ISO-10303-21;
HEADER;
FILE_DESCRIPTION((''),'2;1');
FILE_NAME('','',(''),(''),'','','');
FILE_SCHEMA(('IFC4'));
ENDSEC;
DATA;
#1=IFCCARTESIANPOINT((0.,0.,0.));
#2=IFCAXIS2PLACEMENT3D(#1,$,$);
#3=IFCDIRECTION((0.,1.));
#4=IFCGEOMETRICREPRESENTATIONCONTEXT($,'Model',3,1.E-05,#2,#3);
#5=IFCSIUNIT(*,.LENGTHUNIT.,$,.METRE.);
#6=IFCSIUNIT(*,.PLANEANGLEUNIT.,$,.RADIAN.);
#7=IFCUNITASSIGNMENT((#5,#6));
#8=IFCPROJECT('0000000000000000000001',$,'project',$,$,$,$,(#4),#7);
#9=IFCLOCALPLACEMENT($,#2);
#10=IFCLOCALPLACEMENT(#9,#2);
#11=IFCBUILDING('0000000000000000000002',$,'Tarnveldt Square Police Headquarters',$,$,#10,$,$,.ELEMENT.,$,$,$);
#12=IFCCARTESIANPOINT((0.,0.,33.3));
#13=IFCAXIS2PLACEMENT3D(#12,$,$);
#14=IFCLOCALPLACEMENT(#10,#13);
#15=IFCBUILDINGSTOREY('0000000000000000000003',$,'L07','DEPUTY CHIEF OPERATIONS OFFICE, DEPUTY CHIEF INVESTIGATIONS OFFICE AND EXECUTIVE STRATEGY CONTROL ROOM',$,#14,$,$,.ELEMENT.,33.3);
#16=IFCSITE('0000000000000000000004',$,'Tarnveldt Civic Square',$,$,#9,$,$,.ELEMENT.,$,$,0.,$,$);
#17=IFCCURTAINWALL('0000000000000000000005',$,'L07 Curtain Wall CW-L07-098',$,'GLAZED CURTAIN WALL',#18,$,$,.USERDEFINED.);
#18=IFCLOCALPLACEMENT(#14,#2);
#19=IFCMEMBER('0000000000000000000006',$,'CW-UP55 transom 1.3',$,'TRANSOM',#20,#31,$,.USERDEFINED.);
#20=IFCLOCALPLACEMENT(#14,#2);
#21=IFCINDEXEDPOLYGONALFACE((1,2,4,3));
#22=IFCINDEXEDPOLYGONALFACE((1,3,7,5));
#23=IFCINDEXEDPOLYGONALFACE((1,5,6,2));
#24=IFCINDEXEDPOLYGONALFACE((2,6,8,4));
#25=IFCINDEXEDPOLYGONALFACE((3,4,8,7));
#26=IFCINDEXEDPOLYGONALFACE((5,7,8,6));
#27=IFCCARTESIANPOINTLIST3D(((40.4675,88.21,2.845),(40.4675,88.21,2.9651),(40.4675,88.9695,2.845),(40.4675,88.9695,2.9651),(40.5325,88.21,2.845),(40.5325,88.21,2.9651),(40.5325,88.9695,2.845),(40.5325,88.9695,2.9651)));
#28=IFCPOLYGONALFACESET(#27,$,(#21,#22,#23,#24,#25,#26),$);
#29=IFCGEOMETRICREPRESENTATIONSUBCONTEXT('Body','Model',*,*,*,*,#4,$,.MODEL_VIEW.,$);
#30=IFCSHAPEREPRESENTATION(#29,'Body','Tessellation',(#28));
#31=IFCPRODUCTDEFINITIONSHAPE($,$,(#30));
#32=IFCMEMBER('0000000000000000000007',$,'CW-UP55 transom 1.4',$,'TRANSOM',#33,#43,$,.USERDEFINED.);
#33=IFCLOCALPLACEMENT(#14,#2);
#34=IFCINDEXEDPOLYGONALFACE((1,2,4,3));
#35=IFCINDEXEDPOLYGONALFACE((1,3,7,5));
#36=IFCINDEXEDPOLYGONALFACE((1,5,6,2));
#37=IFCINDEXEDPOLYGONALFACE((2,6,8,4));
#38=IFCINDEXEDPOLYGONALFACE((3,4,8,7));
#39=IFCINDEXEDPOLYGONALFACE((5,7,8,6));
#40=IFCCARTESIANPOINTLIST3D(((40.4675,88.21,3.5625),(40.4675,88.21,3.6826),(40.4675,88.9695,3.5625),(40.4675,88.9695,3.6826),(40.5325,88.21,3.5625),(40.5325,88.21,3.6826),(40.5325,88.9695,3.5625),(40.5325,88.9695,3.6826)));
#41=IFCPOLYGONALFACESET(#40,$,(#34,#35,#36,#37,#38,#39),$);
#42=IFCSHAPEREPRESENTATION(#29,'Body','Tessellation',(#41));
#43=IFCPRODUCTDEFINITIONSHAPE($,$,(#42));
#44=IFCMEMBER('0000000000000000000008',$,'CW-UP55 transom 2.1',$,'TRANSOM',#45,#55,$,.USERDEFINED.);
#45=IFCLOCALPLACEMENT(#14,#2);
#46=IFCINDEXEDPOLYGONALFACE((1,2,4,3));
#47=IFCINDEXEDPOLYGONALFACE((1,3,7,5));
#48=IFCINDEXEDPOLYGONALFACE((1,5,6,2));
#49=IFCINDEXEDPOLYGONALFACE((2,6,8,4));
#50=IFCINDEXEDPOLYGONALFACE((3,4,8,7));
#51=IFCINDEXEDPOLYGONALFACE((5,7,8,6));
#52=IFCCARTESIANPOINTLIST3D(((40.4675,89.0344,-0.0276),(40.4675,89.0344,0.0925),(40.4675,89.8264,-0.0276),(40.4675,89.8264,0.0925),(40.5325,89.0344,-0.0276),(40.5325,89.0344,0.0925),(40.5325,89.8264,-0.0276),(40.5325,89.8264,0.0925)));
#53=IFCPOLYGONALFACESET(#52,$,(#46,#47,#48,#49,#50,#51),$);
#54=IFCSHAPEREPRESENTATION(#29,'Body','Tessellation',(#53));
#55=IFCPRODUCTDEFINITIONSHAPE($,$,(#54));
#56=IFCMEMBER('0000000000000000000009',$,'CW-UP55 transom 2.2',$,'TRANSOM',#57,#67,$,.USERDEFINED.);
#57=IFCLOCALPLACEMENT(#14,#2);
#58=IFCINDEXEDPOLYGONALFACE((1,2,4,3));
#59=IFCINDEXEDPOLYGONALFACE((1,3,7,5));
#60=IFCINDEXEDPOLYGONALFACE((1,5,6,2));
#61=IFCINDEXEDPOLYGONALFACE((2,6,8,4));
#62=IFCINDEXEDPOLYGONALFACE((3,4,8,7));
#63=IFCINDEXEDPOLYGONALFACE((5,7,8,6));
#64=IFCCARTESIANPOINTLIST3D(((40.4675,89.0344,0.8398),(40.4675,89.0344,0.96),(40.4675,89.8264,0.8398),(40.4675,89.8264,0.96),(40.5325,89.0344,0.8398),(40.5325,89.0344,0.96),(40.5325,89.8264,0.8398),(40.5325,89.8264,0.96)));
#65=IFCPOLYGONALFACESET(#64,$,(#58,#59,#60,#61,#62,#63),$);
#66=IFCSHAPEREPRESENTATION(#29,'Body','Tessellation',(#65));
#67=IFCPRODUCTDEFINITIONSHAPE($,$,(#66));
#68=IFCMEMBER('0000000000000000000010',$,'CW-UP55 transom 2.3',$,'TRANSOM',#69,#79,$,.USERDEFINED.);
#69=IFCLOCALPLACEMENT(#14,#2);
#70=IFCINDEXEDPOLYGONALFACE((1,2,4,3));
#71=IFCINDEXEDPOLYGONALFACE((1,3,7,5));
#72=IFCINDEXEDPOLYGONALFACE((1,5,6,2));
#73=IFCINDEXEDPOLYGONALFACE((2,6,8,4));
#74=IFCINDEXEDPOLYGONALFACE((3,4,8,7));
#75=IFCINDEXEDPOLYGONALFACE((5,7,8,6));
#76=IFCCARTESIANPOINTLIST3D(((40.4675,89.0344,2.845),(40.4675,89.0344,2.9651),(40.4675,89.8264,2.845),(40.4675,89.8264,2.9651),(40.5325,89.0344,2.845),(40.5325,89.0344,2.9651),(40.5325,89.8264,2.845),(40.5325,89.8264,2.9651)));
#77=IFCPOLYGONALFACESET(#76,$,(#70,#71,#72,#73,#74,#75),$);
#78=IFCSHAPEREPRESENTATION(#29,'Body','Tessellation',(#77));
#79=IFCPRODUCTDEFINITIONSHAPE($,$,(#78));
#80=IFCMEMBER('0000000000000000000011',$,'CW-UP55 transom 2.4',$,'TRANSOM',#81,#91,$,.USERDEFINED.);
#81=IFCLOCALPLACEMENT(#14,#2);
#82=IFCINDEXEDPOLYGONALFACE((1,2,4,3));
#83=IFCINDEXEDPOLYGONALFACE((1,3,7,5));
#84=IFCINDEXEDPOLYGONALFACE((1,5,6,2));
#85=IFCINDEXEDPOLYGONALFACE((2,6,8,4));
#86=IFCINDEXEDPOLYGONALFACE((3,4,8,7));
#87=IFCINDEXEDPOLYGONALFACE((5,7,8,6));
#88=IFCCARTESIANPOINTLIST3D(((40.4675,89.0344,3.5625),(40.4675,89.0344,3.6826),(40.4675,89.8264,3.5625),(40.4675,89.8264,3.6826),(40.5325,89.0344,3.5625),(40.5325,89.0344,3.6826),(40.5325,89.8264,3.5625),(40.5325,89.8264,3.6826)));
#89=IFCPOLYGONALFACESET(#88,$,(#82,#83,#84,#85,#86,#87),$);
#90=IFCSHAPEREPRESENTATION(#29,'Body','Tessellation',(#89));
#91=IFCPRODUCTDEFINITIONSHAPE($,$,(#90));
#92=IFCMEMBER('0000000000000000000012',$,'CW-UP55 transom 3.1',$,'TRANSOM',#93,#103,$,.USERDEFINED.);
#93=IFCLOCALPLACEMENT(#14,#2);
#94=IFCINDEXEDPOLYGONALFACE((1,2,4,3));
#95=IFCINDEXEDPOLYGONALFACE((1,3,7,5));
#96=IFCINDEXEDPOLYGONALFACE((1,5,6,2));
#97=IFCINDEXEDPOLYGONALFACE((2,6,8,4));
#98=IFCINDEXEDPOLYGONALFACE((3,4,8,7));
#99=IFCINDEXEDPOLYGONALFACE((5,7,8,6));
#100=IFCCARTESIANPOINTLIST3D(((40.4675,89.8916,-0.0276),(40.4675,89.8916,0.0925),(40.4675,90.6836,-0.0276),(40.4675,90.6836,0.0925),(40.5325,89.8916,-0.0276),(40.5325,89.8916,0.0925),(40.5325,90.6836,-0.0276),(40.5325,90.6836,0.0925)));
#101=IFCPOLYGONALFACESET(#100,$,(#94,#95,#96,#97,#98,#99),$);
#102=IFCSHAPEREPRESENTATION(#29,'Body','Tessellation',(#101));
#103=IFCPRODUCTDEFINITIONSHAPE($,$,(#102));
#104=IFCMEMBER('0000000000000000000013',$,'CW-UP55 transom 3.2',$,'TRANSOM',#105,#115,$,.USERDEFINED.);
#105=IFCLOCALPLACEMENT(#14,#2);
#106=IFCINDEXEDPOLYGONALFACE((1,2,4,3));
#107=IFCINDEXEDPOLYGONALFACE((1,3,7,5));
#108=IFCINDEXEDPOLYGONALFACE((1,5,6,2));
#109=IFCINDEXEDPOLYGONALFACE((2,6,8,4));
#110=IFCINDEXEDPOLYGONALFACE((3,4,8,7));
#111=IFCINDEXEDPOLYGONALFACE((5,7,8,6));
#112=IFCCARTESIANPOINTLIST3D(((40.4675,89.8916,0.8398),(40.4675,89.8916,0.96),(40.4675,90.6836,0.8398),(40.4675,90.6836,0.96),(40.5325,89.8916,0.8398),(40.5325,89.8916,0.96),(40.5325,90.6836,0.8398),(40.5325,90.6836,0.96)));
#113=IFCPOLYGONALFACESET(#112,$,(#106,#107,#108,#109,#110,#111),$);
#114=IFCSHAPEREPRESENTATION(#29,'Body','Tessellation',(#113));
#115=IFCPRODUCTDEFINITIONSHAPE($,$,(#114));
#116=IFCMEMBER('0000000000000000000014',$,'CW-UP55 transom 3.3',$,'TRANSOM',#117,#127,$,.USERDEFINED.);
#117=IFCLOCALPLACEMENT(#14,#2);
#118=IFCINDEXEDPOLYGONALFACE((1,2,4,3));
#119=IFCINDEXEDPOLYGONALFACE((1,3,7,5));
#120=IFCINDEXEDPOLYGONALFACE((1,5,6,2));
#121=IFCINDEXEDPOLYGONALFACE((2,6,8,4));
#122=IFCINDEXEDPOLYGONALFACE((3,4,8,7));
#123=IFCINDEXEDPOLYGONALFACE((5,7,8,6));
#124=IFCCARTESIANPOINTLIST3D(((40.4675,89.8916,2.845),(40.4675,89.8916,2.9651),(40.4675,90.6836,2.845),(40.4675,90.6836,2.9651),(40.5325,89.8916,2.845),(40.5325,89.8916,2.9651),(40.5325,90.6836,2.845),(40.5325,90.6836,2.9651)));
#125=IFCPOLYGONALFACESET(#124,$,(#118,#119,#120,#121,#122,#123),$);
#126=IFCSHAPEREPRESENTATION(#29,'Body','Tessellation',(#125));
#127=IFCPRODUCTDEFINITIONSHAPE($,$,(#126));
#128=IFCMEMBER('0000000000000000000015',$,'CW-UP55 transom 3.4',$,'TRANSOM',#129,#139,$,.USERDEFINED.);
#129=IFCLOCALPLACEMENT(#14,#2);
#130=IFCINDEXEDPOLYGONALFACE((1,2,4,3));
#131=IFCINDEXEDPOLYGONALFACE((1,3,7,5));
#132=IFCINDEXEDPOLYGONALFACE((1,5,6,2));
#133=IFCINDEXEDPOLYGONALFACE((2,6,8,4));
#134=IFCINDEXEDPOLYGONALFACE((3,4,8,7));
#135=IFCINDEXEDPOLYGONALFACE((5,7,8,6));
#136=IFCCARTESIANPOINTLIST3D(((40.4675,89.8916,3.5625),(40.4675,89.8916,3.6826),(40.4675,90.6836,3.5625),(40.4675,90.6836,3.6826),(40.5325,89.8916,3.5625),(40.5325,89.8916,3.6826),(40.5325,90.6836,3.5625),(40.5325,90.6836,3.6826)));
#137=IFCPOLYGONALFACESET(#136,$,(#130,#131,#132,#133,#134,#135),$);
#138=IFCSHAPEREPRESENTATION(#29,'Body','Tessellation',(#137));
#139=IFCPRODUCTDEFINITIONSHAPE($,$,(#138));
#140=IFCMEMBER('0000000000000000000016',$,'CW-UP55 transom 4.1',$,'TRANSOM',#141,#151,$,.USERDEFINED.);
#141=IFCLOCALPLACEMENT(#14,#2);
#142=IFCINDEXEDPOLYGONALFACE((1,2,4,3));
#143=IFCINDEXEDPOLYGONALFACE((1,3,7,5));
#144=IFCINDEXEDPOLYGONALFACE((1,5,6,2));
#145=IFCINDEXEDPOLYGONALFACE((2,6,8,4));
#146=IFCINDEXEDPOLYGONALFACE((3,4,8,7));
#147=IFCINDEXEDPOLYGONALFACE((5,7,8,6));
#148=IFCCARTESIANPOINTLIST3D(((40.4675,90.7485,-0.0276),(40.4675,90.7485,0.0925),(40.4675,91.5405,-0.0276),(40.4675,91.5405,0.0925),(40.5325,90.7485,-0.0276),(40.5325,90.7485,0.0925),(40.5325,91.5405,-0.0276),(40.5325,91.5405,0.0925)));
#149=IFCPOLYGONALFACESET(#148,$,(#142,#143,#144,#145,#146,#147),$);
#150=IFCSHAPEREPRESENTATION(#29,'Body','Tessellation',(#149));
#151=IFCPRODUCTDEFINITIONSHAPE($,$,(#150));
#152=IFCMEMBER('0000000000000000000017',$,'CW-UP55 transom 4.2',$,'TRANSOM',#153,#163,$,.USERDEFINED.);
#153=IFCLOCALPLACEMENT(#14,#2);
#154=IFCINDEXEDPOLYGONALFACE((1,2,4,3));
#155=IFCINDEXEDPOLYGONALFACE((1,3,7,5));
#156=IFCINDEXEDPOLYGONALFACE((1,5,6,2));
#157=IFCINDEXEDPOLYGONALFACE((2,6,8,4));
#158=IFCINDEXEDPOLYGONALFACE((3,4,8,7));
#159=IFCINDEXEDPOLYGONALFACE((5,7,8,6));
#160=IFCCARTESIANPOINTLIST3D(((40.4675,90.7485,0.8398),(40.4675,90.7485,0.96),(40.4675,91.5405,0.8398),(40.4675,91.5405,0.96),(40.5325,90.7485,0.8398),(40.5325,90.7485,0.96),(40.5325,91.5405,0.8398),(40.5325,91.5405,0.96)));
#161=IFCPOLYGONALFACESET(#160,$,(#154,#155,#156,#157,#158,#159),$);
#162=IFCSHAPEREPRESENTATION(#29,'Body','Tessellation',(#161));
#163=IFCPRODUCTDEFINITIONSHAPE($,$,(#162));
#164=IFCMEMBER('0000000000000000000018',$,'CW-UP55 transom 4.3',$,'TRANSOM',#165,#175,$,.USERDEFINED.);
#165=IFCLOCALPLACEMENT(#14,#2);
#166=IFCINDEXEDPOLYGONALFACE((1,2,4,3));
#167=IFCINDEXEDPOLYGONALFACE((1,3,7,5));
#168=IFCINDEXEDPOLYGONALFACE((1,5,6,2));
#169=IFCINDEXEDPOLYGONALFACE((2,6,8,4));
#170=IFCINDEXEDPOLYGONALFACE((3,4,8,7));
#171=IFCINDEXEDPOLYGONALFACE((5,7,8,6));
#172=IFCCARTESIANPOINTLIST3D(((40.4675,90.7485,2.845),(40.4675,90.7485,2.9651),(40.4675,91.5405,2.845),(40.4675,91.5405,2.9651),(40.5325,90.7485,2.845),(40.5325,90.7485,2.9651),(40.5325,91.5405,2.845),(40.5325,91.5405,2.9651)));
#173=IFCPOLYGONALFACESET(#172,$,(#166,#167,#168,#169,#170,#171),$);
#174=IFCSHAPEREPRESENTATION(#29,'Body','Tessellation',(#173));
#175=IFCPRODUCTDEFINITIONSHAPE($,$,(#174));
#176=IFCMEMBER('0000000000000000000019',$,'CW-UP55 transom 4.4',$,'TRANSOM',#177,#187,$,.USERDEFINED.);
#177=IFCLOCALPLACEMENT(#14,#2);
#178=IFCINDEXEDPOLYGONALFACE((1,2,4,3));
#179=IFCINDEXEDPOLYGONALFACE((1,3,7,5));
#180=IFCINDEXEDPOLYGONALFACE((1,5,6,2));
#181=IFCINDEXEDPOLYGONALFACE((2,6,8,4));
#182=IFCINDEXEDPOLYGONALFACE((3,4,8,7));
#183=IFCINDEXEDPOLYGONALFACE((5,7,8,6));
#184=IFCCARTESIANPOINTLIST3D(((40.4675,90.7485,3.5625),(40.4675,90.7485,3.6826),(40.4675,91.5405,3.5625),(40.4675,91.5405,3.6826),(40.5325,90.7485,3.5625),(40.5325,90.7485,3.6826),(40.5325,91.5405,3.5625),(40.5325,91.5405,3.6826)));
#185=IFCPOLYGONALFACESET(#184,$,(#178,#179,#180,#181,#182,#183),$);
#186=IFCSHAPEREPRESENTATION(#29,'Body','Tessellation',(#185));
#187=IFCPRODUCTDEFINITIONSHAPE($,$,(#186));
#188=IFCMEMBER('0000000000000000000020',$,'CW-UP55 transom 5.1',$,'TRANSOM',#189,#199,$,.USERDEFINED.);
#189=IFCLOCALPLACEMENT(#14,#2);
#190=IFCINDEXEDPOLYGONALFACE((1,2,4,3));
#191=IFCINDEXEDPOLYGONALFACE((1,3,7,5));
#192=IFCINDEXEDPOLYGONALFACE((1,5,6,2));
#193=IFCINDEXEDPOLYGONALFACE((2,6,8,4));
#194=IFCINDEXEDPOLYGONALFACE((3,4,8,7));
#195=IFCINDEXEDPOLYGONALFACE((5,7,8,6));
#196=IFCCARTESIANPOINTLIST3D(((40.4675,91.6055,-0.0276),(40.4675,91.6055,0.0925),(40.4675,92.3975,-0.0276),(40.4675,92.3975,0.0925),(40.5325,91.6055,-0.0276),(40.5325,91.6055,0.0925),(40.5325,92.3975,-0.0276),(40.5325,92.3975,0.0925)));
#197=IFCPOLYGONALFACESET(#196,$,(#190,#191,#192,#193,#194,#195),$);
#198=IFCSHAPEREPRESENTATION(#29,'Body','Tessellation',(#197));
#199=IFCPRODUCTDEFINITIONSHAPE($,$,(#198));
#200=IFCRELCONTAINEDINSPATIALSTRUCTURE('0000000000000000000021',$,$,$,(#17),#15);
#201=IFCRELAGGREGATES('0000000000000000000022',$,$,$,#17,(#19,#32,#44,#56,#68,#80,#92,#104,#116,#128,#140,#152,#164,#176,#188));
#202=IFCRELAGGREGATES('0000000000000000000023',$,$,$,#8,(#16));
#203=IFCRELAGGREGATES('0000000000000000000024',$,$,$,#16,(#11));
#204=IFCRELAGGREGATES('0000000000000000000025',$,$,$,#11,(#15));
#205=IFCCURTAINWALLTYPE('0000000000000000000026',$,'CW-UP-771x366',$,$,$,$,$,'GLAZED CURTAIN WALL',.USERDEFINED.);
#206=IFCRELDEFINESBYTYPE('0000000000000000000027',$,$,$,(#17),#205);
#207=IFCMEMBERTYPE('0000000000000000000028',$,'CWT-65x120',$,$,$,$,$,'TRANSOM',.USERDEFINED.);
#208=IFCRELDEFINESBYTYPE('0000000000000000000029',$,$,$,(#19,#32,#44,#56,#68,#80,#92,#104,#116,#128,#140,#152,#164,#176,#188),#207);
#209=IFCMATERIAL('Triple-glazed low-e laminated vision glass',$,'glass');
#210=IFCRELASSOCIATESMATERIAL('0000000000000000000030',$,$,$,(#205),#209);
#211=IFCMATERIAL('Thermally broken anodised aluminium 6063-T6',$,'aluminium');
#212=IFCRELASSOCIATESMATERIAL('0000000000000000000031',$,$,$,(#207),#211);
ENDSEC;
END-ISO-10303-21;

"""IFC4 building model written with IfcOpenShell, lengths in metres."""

from ifc_helpers import new_model, si_unit, direction, frame, origin, origin_2d, place, context, subcontext, project, spatial, rectangle, extrude, material, material_profile, profile_set, type_object, element, aggregate, save


model = new_model("IFC4")

# Units and contexts
model_context = context("Model", 3, precision=1e-05, world=origin(), true_north=direction((0.0, 1.0)))
body_context = subcontext(model_context, "Body", "Model", "MODEL_VIEW")
ifc_project = project(units=[si_unit("LENGTHUNIT", "METRE"), si_unit("PLANEANGLEUNIT", "RADIAN")], contexts=[model_context])

# Site, building, storey
site_placement = place(None, origin())
site = spatial("IfcSite", under=ifc_project, at=site_placement, Name="Tarnveldt Civic Square", CompositionType="ELEMENT", RefElevation=0.0)
building_placement = place(site_placement, origin())
building = spatial("IfcBuilding", under=site, at=building_placement, Name="Tarnveldt Square Police Headquarters", CompositionType="ELEMENT")
storey_placement = place(building_placement, frame((0.0, 0.0, 33.3)))
storey = spatial("IfcBuildingStorey", under=building, at=storey_placement, Name="L07", Description="DEPUTY CHIEF OPERATIONS OFFICE, DEPUTY CHIEF INVESTIGATIONS OFFICE AND EXECUTIVE STRATEGY CONTROL ROOM", CompositionType="ELEMENT", Elevation=33.3)

# Curtain wall, members
ifc_material_1 = material(Name="Triple-glazed low-e laminated vision glass", Category="glass")
curtain_wall_type = type_object("IfcCurtainWallType", Name="CW-UP-771x366", ElementType="GLAZED CURTAIN WALL", PredefinedType="USERDEFINED", material=ifc_material_1)
curtain_wall_placement = place(storey_placement, origin())
curtain_wall = element("IfcCurtainWall", 1, at=curtain_wall_placement, inside=storey, type_object=curtain_wall_type, Name="L07 Curtain Wall CW-L07-098", ObjectType="GLAZED CURTAIN WALL", PredefinedType="USERDEFINED")
ifc_material_2 = material(Name="Thermally broken anodised aluminium 6063-T6", Category="aluminium")
ifc_material_profile_1 = material_profile(ifc_material_2, rectangle(XDim=0.0649, YDim=0.1201, at=origin_2d()), Name="CW-T65x120")
ifc_profile_set_1 = profile_set([ifc_material_profile_1], Name="Thermally broken anodised aluminium 6063-T6")
member_type_1 = type_object("IfcMemberType", Name="CWT-65x120", ElementType="TRANSOM", PredefinedType="USERDEFINED", material=ifc_profile_set_1)
member_1_placement = place(storey_placement, frame((40.5, 88.21, 2.905), z_axis=(0.0, 1.0, 0.0), x_axis=(-1.0, 0.0, 0.0)))
member_1 = element("IfcMember", 2, at=member_1_placement, type_object=member_type_1, Name="CW-UP55 transom 1.3", ObjectType="TRANSOM", PredefinedType="USERDEFINED", context=body_context, shape_type="SweptSolid", body=[
    extrude(rectangle(XDim=0.0649, YDim=0.1201, at=origin_2d()), origin(), (0.0, 0.0, 1.0), 0.7595),
])
member_2_placement = place(storey_placement, frame((40.5, 88.21, 3.6226), z_axis=(0.0, 1.0, 0.0), x_axis=(-1.0, 0.0, 0.0)))
member_2 = element("IfcMember", 3, at=member_2_placement, type_object=member_type_1, Name="CW-UP55 transom 1.4", ObjectType="TRANSOM", PredefinedType="USERDEFINED", context=body_context, shape_type="SweptSolid", body=[
    extrude(rectangle(XDim=0.0649, YDim=0.1201, at=origin_2d()), origin(), (0.0, 0.0, 1.0), 0.7595),
])
member_3_placement = place(storey_placement, frame((40.5, 89.0344, 0.0325), z_axis=(0.0, 1.0, 0.0), x_axis=(-1.0, 0.0, 0.0)))
member_3 = element("IfcMember", 4, at=member_3_placement, type_object=member_type_1, Name="CW-UP55 transom 2.1", ObjectType="TRANSOM", PredefinedType="USERDEFINED", context=body_context, shape_type="SweptSolid", body=[
    extrude(rectangle(XDim=0.0649, YDim=0.1201, at=origin_2d()), origin(), (0.0, 0.0, 1.0), 0.792),
])
member_4_placement = place(storey_placement, frame((40.5, 89.0344, 0.8999), z_axis=(0.0, 1.0, 0.0), x_axis=(-1.0, 0.0, 0.0)))
member_4 = element("IfcMember", 5, at=member_4_placement, type_object=member_type_1, Name="CW-UP55 transom 2.2", ObjectType="TRANSOM", PredefinedType="USERDEFINED", context=body_context, shape_type="SweptSolid", body=[
    extrude(rectangle(XDim=0.0649, YDim=0.1201, at=origin_2d()), origin(), (0.0, 0.0, 1.0), 0.792),
])
member_5_placement = place(storey_placement, frame((40.5, 89.0344, 2.905), z_axis=(0.0, 1.0, 0.0), x_axis=(-1.0, 0.0, 0.0)))
member_5 = element("IfcMember", 6, at=member_5_placement, type_object=member_type_1, Name="CW-UP55 transom 2.3", ObjectType="TRANSOM", PredefinedType="USERDEFINED", context=body_context, shape_type="SweptSolid", body=[
    extrude(rectangle(XDim=0.0649, YDim=0.1201, at=origin_2d()), origin(), (0.0, 0.0, 1.0), 0.792),
])
member_6_placement = place(storey_placement, frame((40.5, 89.0344, 3.6226), z_axis=(0.0, 1.0, 0.0), x_axis=(-1.0, 0.0, 0.0)))
member_6 = element("IfcMember", 7, at=member_6_placement, type_object=member_type_1, Name="CW-UP55 transom 2.4", ObjectType="TRANSOM", PredefinedType="USERDEFINED", context=body_context, shape_type="SweptSolid", body=[
    extrude(rectangle(XDim=0.0649, YDim=0.1201, at=origin_2d()), origin(), (0.0, 0.0, 1.0), 0.792),
])
member_7_placement = place(storey_placement, frame((40.5, 89.8916, 0.0325), z_axis=(0.0, 1.0, 0.0), x_axis=(-1.0, 0.0, 0.0)))
member_7 = element("IfcMember", 8, at=member_7_placement, type_object=member_type_1, Name="CW-UP55 transom 3.1", ObjectType="TRANSOM", PredefinedType="USERDEFINED", context=body_context, shape_type="SweptSolid", body=[
    extrude(rectangle(XDim=0.0649, YDim=0.1201, at=origin_2d()), origin(), (0.0, 0.0, 1.0), 0.792),
])
member_8_placement = place(storey_placement, frame((40.5, 89.8916, 0.8999), z_axis=(0.0, 1.0, 0.0), x_axis=(-1.0, 0.0, 0.0)))
member_8 = element("IfcMember", 9, at=member_8_placement, type_object=member_type_1, Name="CW-UP55 transom 3.2", ObjectType="TRANSOM", PredefinedType="USERDEFINED", context=body_context, shape_type="SweptSolid", body=[
    extrude(rectangle(XDim=0.0649, YDim=0.1201, at=origin_2d()), origin(), (0.0, 0.0, 1.0), 0.792),
])
member_9_placement = place(storey_placement, frame((40.5, 89.8916, 2.905), z_axis=(0.0, 1.0, 0.0), x_axis=(-1.0, 0.0, 0.0)))
member_9 = element("IfcMember", 10, at=member_9_placement, type_object=member_type_1, Name="CW-UP55 transom 3.3", ObjectType="TRANSOM", PredefinedType="USERDEFINED", context=body_context, shape_type="SweptSolid", body=[
    extrude(rectangle(XDim=0.0649, YDim=0.1201, at=origin_2d()), origin(), (0.0, 0.0, 1.0), 0.792),
])
member_10_placement = place(storey_placement, frame((40.5, 89.8916, 3.6226), z_axis=(0.0, 1.0, 0.0), x_axis=(-1.0, 0.0, 0.0)))
member_10 = element("IfcMember", 11, at=member_10_placement, type_object=member_type_1, Name="CW-UP55 transom 3.4", ObjectType="TRANSOM", PredefinedType="USERDEFINED", context=body_context, shape_type="SweptSolid", body=[
    extrude(rectangle(XDim=0.0649, YDim=0.1201, at=origin_2d()), origin(), (0.0, 0.0, 1.0), 0.792),
])
member_11_placement = place(storey_placement, frame((40.5, 90.7485, 0.0325), z_axis=(0.0, 1.0, 0.0), x_axis=(-1.0, 0.0, 0.0)))
member_11 = element("IfcMember", 12, at=member_11_placement, type_object=member_type_1, Name="CW-UP55 transom 4.1", ObjectType="TRANSOM", PredefinedType="USERDEFINED", context=body_context, shape_type="SweptSolid", body=[
    extrude(rectangle(XDim=0.0649, YDim=0.1201, at=origin_2d()), origin(), (0.0, 0.0, 1.0), 0.792),
])
member_12_placement = place(storey_placement, frame((40.5, 90.7485, 0.8999), z_axis=(0.0, 1.0, 0.0), x_axis=(-1.0, 0.0, 0.0)))
member_12 = element("IfcMember", 13, at=member_12_placement, type_object=member_type_1, Name="CW-UP55 transom 4.2", ObjectType="TRANSOM", PredefinedType="USERDEFINED", context=body_context, shape_type="SweptSolid", body=[
    extrude(rectangle(XDim=0.0649, YDim=0.1201, at=origin_2d()), origin(), (0.0, 0.0, 1.0), 0.792),
])
member_13_placement = place(storey_placement, frame((40.5, 90.7485, 2.905), z_axis=(0.0, 1.0, 0.0), x_axis=(-1.0, 0.0, 0.0)))
member_13 = element("IfcMember", 14, at=member_13_placement, type_object=member_type_1, Name="CW-UP55 transom 4.3", ObjectType="TRANSOM", PredefinedType="USERDEFINED", context=body_context, shape_type="SweptSolid", body=[
    extrude(rectangle(XDim=0.0649, YDim=0.1201, at=origin_2d()), origin(), (0.0, 0.0, 1.0), 0.792),
])
member_14_placement = place(storey_placement, frame((40.5, 90.7485, 3.6226), z_axis=(0.0, 1.0, 0.0), x_axis=(-1.0, 0.0, 0.0)))
member_14 = element("IfcMember", 15, at=member_14_placement, type_object=member_type_1, Name="CW-UP55 transom 4.4", ObjectType="TRANSOM", PredefinedType="USERDEFINED", context=body_context, shape_type="SweptSolid", body=[
    extrude(rectangle(XDim=0.0649, YDim=0.1201, at=origin_2d()), origin(), (0.0, 0.0, 1.0), 0.792),
])
member_15_placement = place(storey_placement, frame((40.5, 91.6055, 0.0325), z_axis=(0.0, 1.0, 0.0), x_axis=(-1.0, 0.0, 0.0)))
member_15 = element("IfcMember", 16, at=member_15_placement, type_object=member_type_1, Name="CW-UP55 transom 5.1", ObjectType="TRANSOM", PredefinedType="USERDEFINED", context=body_context, shape_type="SweptSolid", body=[
    extrude(rectangle(XDim=0.0649, YDim=0.1201, at=origin_2d()), origin(), (0.0, 0.0, 1.0), 0.792),
])
aggregate(curtain_wall, [member_1, member_2, member_3, member_4, member_5, member_6, member_7, member_8, member_9, member_10, member_11, member_12, member_13, member_14, member_15])

save(model, "model.ifc")
